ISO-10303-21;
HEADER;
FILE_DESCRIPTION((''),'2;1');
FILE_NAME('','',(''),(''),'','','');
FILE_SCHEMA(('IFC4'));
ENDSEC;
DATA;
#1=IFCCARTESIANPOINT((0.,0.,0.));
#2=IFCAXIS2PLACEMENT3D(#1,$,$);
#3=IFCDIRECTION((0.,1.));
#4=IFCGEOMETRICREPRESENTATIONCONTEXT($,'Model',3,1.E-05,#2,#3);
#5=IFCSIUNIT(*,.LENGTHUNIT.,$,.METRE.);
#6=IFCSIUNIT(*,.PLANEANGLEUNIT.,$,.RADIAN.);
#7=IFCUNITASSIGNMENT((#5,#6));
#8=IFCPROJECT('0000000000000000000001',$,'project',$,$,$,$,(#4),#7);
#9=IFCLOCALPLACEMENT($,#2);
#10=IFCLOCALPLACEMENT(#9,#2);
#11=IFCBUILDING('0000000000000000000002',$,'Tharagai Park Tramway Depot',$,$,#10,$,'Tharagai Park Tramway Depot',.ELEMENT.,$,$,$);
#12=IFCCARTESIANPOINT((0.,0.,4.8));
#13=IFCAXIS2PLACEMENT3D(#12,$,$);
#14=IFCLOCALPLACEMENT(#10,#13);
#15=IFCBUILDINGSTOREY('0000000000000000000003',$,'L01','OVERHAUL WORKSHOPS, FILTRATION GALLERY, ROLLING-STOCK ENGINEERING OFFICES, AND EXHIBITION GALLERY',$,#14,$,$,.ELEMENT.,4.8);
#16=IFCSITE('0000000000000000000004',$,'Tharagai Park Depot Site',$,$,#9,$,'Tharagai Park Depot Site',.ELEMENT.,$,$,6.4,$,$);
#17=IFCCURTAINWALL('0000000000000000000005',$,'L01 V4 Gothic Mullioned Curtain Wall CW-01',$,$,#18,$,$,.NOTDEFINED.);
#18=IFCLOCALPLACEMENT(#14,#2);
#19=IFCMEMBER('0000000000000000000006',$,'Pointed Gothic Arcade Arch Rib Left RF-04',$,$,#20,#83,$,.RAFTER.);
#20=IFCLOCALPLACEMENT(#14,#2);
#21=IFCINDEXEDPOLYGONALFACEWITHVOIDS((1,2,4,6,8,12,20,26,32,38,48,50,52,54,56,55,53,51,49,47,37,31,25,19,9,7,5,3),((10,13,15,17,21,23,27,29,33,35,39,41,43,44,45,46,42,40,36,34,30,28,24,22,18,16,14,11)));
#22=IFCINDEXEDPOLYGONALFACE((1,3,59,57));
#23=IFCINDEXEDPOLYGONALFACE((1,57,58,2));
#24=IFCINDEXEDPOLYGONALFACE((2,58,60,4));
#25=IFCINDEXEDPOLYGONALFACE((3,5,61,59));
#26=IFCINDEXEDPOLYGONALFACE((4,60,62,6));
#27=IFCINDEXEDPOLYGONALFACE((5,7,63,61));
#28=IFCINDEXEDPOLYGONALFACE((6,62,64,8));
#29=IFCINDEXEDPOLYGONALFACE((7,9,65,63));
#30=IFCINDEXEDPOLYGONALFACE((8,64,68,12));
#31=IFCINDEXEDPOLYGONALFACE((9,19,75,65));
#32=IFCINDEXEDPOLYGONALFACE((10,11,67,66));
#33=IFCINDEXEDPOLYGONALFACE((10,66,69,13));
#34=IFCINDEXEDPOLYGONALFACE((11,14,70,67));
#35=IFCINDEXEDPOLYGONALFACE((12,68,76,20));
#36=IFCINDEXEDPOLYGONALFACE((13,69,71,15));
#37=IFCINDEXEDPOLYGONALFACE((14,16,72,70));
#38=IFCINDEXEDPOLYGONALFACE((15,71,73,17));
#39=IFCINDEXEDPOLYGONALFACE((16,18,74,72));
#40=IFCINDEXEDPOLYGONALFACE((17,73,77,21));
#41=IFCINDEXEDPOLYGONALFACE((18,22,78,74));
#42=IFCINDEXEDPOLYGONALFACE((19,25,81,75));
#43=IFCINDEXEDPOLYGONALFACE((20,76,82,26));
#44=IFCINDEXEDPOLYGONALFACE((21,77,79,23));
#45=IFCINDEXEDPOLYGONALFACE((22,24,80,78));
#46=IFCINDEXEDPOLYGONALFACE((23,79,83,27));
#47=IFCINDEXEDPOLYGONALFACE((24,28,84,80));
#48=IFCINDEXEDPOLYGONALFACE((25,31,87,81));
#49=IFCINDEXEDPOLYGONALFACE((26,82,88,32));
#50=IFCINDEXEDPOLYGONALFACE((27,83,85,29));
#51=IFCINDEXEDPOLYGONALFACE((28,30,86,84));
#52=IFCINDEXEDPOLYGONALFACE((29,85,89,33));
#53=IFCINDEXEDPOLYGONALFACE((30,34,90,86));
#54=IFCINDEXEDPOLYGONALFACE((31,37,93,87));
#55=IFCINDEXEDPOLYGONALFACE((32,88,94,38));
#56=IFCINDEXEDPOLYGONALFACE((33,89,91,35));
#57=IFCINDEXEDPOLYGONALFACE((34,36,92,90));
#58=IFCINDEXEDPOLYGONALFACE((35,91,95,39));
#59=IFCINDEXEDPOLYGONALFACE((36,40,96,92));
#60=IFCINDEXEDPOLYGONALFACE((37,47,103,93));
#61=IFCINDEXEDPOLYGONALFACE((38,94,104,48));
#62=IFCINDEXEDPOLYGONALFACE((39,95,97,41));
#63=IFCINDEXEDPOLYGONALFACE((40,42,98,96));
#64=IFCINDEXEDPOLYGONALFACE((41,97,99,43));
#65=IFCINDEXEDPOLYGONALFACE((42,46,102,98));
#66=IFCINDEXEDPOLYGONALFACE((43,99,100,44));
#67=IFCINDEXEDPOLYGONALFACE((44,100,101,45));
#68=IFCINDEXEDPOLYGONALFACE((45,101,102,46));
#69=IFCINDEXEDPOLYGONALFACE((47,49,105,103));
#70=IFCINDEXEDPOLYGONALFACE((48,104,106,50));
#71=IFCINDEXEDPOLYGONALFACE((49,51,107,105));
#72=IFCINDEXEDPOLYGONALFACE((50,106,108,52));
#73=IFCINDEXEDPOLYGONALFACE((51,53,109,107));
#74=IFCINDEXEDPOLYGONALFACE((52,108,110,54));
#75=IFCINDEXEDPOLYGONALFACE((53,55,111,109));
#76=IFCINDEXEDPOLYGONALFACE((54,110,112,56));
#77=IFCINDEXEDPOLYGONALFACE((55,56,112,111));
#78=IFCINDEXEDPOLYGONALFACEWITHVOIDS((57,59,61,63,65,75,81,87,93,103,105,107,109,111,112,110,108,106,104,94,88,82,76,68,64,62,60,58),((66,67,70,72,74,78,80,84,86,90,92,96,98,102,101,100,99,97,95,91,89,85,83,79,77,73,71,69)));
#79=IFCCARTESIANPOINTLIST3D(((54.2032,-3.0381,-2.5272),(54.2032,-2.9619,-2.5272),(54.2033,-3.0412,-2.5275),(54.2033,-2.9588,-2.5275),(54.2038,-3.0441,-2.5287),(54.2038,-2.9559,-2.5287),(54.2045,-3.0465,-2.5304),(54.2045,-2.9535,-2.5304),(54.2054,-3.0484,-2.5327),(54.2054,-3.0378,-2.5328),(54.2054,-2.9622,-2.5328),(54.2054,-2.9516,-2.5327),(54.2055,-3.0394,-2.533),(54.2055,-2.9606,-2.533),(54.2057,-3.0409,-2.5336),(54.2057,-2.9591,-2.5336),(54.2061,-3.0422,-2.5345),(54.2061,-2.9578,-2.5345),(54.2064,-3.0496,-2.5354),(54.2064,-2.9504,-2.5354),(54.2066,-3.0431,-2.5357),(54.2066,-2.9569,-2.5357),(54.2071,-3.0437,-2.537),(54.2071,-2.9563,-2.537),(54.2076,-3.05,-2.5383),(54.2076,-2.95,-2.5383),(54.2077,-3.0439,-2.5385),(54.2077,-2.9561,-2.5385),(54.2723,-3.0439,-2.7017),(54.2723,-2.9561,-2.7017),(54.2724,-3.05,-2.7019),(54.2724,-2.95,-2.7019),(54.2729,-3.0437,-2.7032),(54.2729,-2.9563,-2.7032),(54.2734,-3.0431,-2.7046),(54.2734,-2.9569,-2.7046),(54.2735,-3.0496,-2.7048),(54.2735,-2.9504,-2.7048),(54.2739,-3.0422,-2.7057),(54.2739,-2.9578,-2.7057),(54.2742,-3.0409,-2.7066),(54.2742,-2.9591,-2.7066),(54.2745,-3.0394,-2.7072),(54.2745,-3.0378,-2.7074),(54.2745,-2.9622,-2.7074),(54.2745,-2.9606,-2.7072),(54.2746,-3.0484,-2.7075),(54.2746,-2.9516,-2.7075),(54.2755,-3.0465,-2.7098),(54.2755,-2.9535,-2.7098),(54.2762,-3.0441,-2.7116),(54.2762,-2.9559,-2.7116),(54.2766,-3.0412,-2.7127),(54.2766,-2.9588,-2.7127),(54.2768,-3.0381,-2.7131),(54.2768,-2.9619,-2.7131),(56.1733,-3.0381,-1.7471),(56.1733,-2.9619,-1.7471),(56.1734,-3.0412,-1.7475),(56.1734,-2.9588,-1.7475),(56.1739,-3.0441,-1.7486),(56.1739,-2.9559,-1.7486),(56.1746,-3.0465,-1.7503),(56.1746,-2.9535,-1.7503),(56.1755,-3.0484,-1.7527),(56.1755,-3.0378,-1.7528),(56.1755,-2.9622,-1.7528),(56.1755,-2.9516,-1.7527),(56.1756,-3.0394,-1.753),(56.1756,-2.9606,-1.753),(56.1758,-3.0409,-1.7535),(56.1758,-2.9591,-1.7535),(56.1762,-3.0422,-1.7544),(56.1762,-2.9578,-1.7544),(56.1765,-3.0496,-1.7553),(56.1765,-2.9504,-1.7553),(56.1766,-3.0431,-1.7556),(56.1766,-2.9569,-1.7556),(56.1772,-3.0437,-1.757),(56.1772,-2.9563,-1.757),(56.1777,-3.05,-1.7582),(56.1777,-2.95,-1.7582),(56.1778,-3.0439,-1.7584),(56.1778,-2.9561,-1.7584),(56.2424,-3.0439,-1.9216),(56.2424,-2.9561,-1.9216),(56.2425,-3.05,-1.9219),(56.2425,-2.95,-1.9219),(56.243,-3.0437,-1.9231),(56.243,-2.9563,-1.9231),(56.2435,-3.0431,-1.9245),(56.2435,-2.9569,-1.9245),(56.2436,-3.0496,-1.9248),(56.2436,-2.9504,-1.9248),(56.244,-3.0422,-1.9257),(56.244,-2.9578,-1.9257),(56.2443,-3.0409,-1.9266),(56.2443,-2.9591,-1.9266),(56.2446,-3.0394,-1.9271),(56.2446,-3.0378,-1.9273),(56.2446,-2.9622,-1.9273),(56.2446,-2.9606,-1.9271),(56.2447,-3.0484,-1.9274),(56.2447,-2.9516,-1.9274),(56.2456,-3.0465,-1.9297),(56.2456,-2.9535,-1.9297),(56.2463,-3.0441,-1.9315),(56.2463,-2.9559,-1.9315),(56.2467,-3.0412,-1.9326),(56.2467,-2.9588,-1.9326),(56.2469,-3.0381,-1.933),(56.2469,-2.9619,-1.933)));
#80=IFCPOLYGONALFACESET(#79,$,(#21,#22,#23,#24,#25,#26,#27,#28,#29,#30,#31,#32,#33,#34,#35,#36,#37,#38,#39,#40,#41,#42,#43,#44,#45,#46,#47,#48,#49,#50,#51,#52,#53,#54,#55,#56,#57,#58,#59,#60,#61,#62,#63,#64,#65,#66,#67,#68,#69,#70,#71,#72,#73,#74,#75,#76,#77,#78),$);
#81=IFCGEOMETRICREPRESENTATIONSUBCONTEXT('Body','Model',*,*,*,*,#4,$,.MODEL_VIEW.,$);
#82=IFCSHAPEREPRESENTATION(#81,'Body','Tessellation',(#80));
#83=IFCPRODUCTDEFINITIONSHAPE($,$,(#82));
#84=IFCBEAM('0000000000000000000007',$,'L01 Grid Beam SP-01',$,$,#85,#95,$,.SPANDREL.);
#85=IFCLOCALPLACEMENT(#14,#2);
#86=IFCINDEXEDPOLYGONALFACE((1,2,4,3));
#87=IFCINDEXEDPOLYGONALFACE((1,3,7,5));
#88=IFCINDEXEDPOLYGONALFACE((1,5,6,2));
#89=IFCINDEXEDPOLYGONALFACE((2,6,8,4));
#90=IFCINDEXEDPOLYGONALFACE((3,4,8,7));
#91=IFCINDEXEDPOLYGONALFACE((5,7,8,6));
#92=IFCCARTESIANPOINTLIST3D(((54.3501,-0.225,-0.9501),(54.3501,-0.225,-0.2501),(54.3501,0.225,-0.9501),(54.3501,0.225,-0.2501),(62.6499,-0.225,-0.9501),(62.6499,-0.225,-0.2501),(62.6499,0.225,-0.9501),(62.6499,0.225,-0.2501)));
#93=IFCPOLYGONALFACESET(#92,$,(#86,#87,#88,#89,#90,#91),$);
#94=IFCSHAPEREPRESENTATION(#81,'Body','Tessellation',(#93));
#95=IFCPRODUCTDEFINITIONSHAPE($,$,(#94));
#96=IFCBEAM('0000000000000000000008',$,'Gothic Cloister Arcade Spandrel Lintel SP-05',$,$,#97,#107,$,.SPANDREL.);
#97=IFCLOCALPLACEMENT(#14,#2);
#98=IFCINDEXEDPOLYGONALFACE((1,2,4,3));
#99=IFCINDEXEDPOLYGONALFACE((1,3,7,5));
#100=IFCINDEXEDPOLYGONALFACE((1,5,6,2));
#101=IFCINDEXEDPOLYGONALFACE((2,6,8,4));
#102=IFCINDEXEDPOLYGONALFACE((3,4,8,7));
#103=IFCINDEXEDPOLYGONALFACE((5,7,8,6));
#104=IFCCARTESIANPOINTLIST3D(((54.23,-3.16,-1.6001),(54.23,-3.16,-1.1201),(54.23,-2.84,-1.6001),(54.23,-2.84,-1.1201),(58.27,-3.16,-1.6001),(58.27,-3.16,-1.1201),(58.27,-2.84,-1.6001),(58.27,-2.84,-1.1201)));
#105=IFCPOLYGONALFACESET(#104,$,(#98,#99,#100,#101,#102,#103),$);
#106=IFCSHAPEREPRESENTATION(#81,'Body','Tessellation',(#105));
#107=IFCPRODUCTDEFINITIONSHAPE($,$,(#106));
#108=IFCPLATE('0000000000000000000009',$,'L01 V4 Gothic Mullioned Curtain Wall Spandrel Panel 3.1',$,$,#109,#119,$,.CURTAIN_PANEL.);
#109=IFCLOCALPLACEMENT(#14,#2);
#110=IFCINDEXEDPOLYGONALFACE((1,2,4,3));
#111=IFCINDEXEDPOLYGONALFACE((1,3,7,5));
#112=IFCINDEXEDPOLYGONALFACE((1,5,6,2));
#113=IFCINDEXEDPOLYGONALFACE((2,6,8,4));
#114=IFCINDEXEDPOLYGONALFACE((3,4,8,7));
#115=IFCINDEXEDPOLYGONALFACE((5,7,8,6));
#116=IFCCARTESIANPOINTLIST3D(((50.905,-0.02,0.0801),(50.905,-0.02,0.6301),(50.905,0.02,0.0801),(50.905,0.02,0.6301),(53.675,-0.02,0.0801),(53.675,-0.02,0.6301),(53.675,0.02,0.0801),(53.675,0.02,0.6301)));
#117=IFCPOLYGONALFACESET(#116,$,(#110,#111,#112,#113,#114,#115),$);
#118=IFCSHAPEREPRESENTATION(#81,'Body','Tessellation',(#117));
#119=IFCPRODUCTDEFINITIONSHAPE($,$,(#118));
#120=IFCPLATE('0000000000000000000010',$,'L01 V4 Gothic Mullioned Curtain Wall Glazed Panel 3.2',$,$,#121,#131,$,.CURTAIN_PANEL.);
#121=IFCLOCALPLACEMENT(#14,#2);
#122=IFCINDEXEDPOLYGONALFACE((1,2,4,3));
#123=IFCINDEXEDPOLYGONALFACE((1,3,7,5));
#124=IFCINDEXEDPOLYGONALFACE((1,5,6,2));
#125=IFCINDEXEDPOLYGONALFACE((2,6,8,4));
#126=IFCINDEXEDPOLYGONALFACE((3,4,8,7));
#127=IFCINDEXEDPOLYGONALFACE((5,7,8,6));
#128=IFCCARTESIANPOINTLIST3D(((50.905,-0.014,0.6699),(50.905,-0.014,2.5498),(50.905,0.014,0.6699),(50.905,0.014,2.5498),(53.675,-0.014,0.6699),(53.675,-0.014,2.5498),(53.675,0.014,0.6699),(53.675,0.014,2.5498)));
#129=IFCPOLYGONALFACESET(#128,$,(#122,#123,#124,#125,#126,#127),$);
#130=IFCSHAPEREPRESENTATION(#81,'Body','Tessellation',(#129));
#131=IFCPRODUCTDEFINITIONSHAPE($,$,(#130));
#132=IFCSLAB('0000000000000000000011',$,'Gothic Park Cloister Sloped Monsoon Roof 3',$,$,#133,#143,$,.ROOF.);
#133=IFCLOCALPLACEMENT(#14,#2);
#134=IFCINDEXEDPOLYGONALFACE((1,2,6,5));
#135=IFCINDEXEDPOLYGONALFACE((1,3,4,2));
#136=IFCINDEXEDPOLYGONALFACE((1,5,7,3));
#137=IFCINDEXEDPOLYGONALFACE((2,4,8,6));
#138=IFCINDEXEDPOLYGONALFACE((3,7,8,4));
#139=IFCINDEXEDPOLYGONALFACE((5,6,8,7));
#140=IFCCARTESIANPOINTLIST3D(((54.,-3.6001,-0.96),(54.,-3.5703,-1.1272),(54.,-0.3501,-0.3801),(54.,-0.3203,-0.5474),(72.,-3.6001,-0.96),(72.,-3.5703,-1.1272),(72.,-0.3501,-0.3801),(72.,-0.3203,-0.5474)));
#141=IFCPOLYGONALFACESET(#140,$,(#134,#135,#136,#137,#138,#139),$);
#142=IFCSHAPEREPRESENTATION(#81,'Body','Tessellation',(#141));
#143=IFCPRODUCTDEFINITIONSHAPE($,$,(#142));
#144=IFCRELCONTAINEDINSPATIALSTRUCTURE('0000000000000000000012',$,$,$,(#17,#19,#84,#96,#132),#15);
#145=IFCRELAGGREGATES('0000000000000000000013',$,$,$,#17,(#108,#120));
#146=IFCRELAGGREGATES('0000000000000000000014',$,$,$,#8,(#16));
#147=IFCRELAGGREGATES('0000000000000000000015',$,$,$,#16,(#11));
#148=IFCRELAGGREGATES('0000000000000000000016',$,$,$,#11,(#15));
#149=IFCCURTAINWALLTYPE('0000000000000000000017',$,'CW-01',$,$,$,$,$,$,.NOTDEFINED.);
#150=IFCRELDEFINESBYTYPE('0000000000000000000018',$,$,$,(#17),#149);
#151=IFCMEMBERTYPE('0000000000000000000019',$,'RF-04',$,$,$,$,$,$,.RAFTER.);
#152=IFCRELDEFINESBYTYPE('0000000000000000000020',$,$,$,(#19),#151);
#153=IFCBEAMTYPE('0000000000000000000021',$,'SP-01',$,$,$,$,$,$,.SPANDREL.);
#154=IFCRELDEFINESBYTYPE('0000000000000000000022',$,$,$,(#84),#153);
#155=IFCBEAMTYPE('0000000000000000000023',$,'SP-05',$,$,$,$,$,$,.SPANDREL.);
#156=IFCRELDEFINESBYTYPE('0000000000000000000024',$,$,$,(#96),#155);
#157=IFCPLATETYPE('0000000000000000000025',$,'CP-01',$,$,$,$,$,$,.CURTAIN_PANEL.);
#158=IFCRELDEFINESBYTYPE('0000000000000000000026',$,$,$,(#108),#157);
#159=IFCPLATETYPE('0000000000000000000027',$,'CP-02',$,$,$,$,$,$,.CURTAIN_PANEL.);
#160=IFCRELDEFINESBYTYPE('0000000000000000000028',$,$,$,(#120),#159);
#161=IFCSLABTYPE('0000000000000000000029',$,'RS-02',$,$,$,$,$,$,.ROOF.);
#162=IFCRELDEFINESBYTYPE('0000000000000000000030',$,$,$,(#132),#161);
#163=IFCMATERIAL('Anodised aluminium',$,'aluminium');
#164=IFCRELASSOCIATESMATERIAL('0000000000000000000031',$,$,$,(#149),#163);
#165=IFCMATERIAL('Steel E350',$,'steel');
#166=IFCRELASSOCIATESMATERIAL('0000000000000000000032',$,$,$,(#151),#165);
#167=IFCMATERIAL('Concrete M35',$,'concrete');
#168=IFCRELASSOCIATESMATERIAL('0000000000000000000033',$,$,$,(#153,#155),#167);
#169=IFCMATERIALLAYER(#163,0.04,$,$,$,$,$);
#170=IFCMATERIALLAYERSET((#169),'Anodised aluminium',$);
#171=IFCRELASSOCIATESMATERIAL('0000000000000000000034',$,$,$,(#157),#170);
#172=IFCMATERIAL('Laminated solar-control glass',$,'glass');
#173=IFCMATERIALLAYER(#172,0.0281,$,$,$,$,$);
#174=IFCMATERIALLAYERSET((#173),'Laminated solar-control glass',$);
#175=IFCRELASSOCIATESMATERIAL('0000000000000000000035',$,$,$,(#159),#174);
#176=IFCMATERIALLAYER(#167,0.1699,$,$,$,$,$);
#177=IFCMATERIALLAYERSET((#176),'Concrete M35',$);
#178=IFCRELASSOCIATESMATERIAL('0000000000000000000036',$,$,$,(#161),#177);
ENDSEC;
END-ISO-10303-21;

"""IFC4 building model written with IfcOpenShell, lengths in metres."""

from ifc_helpers import new_model, si_unit, direction, frame, origin, origin_2d, place, context, subcontext, project, spatial, polyline, rectangle, hollow_rectangle, outline, extrude, material, layer, layer_set, material_profile, profile_set, type_object, element, aggregate, save


model = new_model("IFC4")

# Units and contexts
model_context = context("Model", 3, precision=1e-05, world=origin(), true_north=direction((0.0, 1.0)))
body_context = subcontext(model_context, "Body", "Model", "MODEL_VIEW")
ifc_project = project(units=[si_unit("LENGTHUNIT", "METRE"), si_unit("PLANEANGLEUNIT", "RADIAN")], contexts=[model_context])

# Site, building, storey
site_placement = place(None, origin())
site = spatial("IfcSite", under=ifc_project, at=site_placement, Name="Tharagai Park Depot Site", LongName="Tharagai Park Depot Site", CompositionType="ELEMENT", RefElevation=6.4)
building_placement = place(site_placement, origin())
building = spatial("IfcBuilding", under=site, at=building_placement, Name="Tharagai Park Tramway Depot", LongName="Tharagai Park Tramway Depot", CompositionType="ELEMENT")
storey_placement = place(building_placement, frame((0.0, 0.0, 4.8)))
storey = spatial("IfcBuildingStorey", under=building, at=storey_placement, Name="L01", Description="OVERHAUL WORKSHOPS, FILTRATION GALLERY, ROLLING-STOCK ENGINEERING OFFICES, AND EXHIBITION GALLERY", CompositionType="ELEMENT", Elevation=4.8)

# Shared definitions
ifc_material_1 = material(Name="Concrete M35", Category="concrete")

# Curtain wall
ifc_material_2 = material(Name="Anodised aluminium", Category="aluminium")
curtain_wall_type = type_object("IfcCurtainWallType", Name="CW-01", PredefinedType="NOTDEFINED", material=ifc_material_2)
curtain_wall_placement = place(storey_placement, origin())
curtain_wall = element("IfcCurtainWall", 1, at=curtain_wall_placement, inside=storey, type_object=curtain_wall_type, Name="L01 V4 Gothic Mullioned Curtain Wall CW-01", PredefinedType="NOTDEFINED")

# Member
ifc_material_3 = material(Name="Steel E350", Category="steel")
ifc_material_profile_1 = material_profile(ifc_material_3, hollow_rectangle(XDim=0.1001, YDim=0.2, WallThickness=0.0061, InnerFilletRadius=0.0061, OuterFilletRadius=0.012, at=origin_2d()), Name="RHS 200x100x6")
ifc_profile_set_1 = profile_set([ifc_material_profile_1], Name="Steel E350")
member_type_1 = type_object("IfcMemberType", Name="RF-04", PredefinedType="RAFTER", material=ifc_profile_set_1)
for number, where, z_axis, x_axis, name in (
    (2, (54.24, -3.0, -2.6201), (0.929766, 0.0, 0.36815), (0.0, 1.0, 0.0), "Pointed Gothic Arcade Arch Rib Left RF-04"),
):
    element("IfcMember", number, at=place(storey_placement, frame(where, z_axis=z_axis, x_axis=x_axis)), inside=storey, type_object=member_type_1, Name=name, PredefinedType="RAFTER", context=body_context, shape_type="SweptSolid", body=[
        extrude(hollow_rectangle(XDim=0.1001, YDim=0.2, WallThickness=0.0061, InnerFilletRadius=0.0061, OuterFilletRadius=0.012, at=origin_2d()), origin(), (0.0, 0.0, 1.0), 2.1189),
    ])

# Beams
ifc_material_profile_2 = material_profile(ifc_material_1, rectangle(XDim=0.45, YDim=0.7, at=origin_2d()), Name="RC 450x700")
ifc_profile_set_2 = profile_set([ifc_material_profile_2], Name="Concrete M35")
beam_type_1 = type_object("IfcBeamType", Name="SP-01", PredefinedType="SPANDREL", material=ifc_profile_set_2)
beam_1_placement = place(storey_placement, frame((54.3501, 0.0, -0.6001), z_axis=(1.0, 0.0, 0.0), x_axis=(0.0, 1.0, 0.0)))
element("IfcBeam", 3, at=beam_1_placement, inside=storey, type_object=beam_type_1, Name="L01 Grid Beam SP-01", PredefinedType="SPANDREL", context=body_context, shape_type="SweptSolid", body=[
    extrude(rectangle(XDim=0.45, YDim=0.7, at=origin_2d()), origin(), (0.0, 0.0, 1.0), 8.2998),
])
ifc_material_profile_3 = material_profile(ifc_material_1, rectangle(XDim=0.3201, YDim=0.48, at=origin_2d()), Name="RC 320x480")
ifc_profile_set_3 = profile_set([ifc_material_profile_3], Name="Concrete M35")
beam_type_2 = type_object("IfcBeamType", Name="SP-05", PredefinedType="SPANDREL", material=ifc_profile_set_3)
beam_2_placement = place(storey_placement, frame((54.23, -3.0, -1.3601), z_axis=(1.0, 0.0, 0.0), x_axis=(0.0, 1.0, 0.0)))
element("IfcBeam", 4, at=beam_2_placement, inside=storey, type_object=beam_type_2, Name="Gothic Cloister Arcade Spandrel Lintel SP-05", PredefinedType="SPANDREL", context=body_context, shape_type="SweptSolid", body=[
    extrude(rectangle(XDim=0.3201, YDim=0.48, at=origin_2d()), origin(), (0.0, 0.0, 1.0), 4.04),
])

# Plates
ifc_layer_1 = layer(ifc_material_2, 0.04)
ifc_layer_set_1 = layer_set([ifc_layer_1], Name="Anodised aluminium")
plate_type_1 = type_object("IfcPlateType", Name="CP-01", PredefinedType="CURTAIN_PANEL", material=ifc_layer_set_1)
plate_1_placement = place(storey_placement, frame((52.29, 0.0, 0.0801), z_axis=(0.0, 0.0, 1.0), x_axis=(1.0, 0.0, 0.0)))
plate_1 = element("IfcPlate", 5, at=plate_1_placement, type_object=plate_type_1, Name="L01 V4 Gothic Mullioned Curtain Wall Spandrel Panel 3.1", PredefinedType="CURTAIN_PANEL", context=body_context, shape_type="SweptSolid", body=[
    extrude(rectangle(XDim=2.77, YDim=0.04, at=origin_2d()), origin(), (0.0, 0.0, 1.0), 0.55),
])
ifc_material_4 = material(Name="Laminated solar-control glass", Category="glass")
ifc_layer_2 = layer(ifc_material_4, 0.0281)
ifc_layer_set_2 = layer_set([ifc_layer_2], Name="Laminated solar-control glass")
plate_type_2 = type_object("IfcPlateType", Name="CP-02", PredefinedType="CURTAIN_PANEL", material=ifc_layer_set_2)
plate_2_placement = place(storey_placement, frame((52.29, 0.0, 0.6699), z_axis=(0.0, 0.0, 1.0), x_axis=(1.0, 0.0, 0.0)))
plate_2 = element("IfcPlate", 6, at=plate_2_placement, type_object=plate_type_2, Name="L01 V4 Gothic Mullioned Curtain Wall Glazed Panel 3.2", PredefinedType="CURTAIN_PANEL", context=body_context, shape_type="SweptSolid", body=[
    extrude(rectangle(XDim=2.77, YDim=0.0281, at=origin_2d()), origin(), (0.0, 0.0, 1.0), 1.8799),
])
aggregate(curtain_wall, [plate_1, plate_2])

# Slab
ifc_layer_3 = layer(ifc_material_1, 0.1699)
ifc_layer_set_3 = layer_set([ifc_layer_3], Name="Concrete M35")
slab_type = type_object("IfcSlabType", Name="RS-02", PredefinedType="ROOF", material=ifc_layer_set_3)
slab_placement = place(storey_placement, frame((54.0, -3.6001, -0.96), z_axis=(0.0, -0.175637, 0.984455), x_axis=(1.0, 0.0, 0.0)))
element("IfcSlab", 7, at=slab_placement, inside=storey, type_object=slab_type, Name="Gothic Park Cloister Sloped Monsoon Roof 3", PredefinedType="ROOF", context=body_context, shape_type="SweptSolid", body=[
    extrude(outline(polyline([(0.0, 0.0), (18.0, 0.0), (18.0, 3.3013), (0.0, 3.3013), (0.0, 0.0)])), origin(), (0.0, 0.0, -1.0), 0.1699),
])

save(model, "model.ifc")
